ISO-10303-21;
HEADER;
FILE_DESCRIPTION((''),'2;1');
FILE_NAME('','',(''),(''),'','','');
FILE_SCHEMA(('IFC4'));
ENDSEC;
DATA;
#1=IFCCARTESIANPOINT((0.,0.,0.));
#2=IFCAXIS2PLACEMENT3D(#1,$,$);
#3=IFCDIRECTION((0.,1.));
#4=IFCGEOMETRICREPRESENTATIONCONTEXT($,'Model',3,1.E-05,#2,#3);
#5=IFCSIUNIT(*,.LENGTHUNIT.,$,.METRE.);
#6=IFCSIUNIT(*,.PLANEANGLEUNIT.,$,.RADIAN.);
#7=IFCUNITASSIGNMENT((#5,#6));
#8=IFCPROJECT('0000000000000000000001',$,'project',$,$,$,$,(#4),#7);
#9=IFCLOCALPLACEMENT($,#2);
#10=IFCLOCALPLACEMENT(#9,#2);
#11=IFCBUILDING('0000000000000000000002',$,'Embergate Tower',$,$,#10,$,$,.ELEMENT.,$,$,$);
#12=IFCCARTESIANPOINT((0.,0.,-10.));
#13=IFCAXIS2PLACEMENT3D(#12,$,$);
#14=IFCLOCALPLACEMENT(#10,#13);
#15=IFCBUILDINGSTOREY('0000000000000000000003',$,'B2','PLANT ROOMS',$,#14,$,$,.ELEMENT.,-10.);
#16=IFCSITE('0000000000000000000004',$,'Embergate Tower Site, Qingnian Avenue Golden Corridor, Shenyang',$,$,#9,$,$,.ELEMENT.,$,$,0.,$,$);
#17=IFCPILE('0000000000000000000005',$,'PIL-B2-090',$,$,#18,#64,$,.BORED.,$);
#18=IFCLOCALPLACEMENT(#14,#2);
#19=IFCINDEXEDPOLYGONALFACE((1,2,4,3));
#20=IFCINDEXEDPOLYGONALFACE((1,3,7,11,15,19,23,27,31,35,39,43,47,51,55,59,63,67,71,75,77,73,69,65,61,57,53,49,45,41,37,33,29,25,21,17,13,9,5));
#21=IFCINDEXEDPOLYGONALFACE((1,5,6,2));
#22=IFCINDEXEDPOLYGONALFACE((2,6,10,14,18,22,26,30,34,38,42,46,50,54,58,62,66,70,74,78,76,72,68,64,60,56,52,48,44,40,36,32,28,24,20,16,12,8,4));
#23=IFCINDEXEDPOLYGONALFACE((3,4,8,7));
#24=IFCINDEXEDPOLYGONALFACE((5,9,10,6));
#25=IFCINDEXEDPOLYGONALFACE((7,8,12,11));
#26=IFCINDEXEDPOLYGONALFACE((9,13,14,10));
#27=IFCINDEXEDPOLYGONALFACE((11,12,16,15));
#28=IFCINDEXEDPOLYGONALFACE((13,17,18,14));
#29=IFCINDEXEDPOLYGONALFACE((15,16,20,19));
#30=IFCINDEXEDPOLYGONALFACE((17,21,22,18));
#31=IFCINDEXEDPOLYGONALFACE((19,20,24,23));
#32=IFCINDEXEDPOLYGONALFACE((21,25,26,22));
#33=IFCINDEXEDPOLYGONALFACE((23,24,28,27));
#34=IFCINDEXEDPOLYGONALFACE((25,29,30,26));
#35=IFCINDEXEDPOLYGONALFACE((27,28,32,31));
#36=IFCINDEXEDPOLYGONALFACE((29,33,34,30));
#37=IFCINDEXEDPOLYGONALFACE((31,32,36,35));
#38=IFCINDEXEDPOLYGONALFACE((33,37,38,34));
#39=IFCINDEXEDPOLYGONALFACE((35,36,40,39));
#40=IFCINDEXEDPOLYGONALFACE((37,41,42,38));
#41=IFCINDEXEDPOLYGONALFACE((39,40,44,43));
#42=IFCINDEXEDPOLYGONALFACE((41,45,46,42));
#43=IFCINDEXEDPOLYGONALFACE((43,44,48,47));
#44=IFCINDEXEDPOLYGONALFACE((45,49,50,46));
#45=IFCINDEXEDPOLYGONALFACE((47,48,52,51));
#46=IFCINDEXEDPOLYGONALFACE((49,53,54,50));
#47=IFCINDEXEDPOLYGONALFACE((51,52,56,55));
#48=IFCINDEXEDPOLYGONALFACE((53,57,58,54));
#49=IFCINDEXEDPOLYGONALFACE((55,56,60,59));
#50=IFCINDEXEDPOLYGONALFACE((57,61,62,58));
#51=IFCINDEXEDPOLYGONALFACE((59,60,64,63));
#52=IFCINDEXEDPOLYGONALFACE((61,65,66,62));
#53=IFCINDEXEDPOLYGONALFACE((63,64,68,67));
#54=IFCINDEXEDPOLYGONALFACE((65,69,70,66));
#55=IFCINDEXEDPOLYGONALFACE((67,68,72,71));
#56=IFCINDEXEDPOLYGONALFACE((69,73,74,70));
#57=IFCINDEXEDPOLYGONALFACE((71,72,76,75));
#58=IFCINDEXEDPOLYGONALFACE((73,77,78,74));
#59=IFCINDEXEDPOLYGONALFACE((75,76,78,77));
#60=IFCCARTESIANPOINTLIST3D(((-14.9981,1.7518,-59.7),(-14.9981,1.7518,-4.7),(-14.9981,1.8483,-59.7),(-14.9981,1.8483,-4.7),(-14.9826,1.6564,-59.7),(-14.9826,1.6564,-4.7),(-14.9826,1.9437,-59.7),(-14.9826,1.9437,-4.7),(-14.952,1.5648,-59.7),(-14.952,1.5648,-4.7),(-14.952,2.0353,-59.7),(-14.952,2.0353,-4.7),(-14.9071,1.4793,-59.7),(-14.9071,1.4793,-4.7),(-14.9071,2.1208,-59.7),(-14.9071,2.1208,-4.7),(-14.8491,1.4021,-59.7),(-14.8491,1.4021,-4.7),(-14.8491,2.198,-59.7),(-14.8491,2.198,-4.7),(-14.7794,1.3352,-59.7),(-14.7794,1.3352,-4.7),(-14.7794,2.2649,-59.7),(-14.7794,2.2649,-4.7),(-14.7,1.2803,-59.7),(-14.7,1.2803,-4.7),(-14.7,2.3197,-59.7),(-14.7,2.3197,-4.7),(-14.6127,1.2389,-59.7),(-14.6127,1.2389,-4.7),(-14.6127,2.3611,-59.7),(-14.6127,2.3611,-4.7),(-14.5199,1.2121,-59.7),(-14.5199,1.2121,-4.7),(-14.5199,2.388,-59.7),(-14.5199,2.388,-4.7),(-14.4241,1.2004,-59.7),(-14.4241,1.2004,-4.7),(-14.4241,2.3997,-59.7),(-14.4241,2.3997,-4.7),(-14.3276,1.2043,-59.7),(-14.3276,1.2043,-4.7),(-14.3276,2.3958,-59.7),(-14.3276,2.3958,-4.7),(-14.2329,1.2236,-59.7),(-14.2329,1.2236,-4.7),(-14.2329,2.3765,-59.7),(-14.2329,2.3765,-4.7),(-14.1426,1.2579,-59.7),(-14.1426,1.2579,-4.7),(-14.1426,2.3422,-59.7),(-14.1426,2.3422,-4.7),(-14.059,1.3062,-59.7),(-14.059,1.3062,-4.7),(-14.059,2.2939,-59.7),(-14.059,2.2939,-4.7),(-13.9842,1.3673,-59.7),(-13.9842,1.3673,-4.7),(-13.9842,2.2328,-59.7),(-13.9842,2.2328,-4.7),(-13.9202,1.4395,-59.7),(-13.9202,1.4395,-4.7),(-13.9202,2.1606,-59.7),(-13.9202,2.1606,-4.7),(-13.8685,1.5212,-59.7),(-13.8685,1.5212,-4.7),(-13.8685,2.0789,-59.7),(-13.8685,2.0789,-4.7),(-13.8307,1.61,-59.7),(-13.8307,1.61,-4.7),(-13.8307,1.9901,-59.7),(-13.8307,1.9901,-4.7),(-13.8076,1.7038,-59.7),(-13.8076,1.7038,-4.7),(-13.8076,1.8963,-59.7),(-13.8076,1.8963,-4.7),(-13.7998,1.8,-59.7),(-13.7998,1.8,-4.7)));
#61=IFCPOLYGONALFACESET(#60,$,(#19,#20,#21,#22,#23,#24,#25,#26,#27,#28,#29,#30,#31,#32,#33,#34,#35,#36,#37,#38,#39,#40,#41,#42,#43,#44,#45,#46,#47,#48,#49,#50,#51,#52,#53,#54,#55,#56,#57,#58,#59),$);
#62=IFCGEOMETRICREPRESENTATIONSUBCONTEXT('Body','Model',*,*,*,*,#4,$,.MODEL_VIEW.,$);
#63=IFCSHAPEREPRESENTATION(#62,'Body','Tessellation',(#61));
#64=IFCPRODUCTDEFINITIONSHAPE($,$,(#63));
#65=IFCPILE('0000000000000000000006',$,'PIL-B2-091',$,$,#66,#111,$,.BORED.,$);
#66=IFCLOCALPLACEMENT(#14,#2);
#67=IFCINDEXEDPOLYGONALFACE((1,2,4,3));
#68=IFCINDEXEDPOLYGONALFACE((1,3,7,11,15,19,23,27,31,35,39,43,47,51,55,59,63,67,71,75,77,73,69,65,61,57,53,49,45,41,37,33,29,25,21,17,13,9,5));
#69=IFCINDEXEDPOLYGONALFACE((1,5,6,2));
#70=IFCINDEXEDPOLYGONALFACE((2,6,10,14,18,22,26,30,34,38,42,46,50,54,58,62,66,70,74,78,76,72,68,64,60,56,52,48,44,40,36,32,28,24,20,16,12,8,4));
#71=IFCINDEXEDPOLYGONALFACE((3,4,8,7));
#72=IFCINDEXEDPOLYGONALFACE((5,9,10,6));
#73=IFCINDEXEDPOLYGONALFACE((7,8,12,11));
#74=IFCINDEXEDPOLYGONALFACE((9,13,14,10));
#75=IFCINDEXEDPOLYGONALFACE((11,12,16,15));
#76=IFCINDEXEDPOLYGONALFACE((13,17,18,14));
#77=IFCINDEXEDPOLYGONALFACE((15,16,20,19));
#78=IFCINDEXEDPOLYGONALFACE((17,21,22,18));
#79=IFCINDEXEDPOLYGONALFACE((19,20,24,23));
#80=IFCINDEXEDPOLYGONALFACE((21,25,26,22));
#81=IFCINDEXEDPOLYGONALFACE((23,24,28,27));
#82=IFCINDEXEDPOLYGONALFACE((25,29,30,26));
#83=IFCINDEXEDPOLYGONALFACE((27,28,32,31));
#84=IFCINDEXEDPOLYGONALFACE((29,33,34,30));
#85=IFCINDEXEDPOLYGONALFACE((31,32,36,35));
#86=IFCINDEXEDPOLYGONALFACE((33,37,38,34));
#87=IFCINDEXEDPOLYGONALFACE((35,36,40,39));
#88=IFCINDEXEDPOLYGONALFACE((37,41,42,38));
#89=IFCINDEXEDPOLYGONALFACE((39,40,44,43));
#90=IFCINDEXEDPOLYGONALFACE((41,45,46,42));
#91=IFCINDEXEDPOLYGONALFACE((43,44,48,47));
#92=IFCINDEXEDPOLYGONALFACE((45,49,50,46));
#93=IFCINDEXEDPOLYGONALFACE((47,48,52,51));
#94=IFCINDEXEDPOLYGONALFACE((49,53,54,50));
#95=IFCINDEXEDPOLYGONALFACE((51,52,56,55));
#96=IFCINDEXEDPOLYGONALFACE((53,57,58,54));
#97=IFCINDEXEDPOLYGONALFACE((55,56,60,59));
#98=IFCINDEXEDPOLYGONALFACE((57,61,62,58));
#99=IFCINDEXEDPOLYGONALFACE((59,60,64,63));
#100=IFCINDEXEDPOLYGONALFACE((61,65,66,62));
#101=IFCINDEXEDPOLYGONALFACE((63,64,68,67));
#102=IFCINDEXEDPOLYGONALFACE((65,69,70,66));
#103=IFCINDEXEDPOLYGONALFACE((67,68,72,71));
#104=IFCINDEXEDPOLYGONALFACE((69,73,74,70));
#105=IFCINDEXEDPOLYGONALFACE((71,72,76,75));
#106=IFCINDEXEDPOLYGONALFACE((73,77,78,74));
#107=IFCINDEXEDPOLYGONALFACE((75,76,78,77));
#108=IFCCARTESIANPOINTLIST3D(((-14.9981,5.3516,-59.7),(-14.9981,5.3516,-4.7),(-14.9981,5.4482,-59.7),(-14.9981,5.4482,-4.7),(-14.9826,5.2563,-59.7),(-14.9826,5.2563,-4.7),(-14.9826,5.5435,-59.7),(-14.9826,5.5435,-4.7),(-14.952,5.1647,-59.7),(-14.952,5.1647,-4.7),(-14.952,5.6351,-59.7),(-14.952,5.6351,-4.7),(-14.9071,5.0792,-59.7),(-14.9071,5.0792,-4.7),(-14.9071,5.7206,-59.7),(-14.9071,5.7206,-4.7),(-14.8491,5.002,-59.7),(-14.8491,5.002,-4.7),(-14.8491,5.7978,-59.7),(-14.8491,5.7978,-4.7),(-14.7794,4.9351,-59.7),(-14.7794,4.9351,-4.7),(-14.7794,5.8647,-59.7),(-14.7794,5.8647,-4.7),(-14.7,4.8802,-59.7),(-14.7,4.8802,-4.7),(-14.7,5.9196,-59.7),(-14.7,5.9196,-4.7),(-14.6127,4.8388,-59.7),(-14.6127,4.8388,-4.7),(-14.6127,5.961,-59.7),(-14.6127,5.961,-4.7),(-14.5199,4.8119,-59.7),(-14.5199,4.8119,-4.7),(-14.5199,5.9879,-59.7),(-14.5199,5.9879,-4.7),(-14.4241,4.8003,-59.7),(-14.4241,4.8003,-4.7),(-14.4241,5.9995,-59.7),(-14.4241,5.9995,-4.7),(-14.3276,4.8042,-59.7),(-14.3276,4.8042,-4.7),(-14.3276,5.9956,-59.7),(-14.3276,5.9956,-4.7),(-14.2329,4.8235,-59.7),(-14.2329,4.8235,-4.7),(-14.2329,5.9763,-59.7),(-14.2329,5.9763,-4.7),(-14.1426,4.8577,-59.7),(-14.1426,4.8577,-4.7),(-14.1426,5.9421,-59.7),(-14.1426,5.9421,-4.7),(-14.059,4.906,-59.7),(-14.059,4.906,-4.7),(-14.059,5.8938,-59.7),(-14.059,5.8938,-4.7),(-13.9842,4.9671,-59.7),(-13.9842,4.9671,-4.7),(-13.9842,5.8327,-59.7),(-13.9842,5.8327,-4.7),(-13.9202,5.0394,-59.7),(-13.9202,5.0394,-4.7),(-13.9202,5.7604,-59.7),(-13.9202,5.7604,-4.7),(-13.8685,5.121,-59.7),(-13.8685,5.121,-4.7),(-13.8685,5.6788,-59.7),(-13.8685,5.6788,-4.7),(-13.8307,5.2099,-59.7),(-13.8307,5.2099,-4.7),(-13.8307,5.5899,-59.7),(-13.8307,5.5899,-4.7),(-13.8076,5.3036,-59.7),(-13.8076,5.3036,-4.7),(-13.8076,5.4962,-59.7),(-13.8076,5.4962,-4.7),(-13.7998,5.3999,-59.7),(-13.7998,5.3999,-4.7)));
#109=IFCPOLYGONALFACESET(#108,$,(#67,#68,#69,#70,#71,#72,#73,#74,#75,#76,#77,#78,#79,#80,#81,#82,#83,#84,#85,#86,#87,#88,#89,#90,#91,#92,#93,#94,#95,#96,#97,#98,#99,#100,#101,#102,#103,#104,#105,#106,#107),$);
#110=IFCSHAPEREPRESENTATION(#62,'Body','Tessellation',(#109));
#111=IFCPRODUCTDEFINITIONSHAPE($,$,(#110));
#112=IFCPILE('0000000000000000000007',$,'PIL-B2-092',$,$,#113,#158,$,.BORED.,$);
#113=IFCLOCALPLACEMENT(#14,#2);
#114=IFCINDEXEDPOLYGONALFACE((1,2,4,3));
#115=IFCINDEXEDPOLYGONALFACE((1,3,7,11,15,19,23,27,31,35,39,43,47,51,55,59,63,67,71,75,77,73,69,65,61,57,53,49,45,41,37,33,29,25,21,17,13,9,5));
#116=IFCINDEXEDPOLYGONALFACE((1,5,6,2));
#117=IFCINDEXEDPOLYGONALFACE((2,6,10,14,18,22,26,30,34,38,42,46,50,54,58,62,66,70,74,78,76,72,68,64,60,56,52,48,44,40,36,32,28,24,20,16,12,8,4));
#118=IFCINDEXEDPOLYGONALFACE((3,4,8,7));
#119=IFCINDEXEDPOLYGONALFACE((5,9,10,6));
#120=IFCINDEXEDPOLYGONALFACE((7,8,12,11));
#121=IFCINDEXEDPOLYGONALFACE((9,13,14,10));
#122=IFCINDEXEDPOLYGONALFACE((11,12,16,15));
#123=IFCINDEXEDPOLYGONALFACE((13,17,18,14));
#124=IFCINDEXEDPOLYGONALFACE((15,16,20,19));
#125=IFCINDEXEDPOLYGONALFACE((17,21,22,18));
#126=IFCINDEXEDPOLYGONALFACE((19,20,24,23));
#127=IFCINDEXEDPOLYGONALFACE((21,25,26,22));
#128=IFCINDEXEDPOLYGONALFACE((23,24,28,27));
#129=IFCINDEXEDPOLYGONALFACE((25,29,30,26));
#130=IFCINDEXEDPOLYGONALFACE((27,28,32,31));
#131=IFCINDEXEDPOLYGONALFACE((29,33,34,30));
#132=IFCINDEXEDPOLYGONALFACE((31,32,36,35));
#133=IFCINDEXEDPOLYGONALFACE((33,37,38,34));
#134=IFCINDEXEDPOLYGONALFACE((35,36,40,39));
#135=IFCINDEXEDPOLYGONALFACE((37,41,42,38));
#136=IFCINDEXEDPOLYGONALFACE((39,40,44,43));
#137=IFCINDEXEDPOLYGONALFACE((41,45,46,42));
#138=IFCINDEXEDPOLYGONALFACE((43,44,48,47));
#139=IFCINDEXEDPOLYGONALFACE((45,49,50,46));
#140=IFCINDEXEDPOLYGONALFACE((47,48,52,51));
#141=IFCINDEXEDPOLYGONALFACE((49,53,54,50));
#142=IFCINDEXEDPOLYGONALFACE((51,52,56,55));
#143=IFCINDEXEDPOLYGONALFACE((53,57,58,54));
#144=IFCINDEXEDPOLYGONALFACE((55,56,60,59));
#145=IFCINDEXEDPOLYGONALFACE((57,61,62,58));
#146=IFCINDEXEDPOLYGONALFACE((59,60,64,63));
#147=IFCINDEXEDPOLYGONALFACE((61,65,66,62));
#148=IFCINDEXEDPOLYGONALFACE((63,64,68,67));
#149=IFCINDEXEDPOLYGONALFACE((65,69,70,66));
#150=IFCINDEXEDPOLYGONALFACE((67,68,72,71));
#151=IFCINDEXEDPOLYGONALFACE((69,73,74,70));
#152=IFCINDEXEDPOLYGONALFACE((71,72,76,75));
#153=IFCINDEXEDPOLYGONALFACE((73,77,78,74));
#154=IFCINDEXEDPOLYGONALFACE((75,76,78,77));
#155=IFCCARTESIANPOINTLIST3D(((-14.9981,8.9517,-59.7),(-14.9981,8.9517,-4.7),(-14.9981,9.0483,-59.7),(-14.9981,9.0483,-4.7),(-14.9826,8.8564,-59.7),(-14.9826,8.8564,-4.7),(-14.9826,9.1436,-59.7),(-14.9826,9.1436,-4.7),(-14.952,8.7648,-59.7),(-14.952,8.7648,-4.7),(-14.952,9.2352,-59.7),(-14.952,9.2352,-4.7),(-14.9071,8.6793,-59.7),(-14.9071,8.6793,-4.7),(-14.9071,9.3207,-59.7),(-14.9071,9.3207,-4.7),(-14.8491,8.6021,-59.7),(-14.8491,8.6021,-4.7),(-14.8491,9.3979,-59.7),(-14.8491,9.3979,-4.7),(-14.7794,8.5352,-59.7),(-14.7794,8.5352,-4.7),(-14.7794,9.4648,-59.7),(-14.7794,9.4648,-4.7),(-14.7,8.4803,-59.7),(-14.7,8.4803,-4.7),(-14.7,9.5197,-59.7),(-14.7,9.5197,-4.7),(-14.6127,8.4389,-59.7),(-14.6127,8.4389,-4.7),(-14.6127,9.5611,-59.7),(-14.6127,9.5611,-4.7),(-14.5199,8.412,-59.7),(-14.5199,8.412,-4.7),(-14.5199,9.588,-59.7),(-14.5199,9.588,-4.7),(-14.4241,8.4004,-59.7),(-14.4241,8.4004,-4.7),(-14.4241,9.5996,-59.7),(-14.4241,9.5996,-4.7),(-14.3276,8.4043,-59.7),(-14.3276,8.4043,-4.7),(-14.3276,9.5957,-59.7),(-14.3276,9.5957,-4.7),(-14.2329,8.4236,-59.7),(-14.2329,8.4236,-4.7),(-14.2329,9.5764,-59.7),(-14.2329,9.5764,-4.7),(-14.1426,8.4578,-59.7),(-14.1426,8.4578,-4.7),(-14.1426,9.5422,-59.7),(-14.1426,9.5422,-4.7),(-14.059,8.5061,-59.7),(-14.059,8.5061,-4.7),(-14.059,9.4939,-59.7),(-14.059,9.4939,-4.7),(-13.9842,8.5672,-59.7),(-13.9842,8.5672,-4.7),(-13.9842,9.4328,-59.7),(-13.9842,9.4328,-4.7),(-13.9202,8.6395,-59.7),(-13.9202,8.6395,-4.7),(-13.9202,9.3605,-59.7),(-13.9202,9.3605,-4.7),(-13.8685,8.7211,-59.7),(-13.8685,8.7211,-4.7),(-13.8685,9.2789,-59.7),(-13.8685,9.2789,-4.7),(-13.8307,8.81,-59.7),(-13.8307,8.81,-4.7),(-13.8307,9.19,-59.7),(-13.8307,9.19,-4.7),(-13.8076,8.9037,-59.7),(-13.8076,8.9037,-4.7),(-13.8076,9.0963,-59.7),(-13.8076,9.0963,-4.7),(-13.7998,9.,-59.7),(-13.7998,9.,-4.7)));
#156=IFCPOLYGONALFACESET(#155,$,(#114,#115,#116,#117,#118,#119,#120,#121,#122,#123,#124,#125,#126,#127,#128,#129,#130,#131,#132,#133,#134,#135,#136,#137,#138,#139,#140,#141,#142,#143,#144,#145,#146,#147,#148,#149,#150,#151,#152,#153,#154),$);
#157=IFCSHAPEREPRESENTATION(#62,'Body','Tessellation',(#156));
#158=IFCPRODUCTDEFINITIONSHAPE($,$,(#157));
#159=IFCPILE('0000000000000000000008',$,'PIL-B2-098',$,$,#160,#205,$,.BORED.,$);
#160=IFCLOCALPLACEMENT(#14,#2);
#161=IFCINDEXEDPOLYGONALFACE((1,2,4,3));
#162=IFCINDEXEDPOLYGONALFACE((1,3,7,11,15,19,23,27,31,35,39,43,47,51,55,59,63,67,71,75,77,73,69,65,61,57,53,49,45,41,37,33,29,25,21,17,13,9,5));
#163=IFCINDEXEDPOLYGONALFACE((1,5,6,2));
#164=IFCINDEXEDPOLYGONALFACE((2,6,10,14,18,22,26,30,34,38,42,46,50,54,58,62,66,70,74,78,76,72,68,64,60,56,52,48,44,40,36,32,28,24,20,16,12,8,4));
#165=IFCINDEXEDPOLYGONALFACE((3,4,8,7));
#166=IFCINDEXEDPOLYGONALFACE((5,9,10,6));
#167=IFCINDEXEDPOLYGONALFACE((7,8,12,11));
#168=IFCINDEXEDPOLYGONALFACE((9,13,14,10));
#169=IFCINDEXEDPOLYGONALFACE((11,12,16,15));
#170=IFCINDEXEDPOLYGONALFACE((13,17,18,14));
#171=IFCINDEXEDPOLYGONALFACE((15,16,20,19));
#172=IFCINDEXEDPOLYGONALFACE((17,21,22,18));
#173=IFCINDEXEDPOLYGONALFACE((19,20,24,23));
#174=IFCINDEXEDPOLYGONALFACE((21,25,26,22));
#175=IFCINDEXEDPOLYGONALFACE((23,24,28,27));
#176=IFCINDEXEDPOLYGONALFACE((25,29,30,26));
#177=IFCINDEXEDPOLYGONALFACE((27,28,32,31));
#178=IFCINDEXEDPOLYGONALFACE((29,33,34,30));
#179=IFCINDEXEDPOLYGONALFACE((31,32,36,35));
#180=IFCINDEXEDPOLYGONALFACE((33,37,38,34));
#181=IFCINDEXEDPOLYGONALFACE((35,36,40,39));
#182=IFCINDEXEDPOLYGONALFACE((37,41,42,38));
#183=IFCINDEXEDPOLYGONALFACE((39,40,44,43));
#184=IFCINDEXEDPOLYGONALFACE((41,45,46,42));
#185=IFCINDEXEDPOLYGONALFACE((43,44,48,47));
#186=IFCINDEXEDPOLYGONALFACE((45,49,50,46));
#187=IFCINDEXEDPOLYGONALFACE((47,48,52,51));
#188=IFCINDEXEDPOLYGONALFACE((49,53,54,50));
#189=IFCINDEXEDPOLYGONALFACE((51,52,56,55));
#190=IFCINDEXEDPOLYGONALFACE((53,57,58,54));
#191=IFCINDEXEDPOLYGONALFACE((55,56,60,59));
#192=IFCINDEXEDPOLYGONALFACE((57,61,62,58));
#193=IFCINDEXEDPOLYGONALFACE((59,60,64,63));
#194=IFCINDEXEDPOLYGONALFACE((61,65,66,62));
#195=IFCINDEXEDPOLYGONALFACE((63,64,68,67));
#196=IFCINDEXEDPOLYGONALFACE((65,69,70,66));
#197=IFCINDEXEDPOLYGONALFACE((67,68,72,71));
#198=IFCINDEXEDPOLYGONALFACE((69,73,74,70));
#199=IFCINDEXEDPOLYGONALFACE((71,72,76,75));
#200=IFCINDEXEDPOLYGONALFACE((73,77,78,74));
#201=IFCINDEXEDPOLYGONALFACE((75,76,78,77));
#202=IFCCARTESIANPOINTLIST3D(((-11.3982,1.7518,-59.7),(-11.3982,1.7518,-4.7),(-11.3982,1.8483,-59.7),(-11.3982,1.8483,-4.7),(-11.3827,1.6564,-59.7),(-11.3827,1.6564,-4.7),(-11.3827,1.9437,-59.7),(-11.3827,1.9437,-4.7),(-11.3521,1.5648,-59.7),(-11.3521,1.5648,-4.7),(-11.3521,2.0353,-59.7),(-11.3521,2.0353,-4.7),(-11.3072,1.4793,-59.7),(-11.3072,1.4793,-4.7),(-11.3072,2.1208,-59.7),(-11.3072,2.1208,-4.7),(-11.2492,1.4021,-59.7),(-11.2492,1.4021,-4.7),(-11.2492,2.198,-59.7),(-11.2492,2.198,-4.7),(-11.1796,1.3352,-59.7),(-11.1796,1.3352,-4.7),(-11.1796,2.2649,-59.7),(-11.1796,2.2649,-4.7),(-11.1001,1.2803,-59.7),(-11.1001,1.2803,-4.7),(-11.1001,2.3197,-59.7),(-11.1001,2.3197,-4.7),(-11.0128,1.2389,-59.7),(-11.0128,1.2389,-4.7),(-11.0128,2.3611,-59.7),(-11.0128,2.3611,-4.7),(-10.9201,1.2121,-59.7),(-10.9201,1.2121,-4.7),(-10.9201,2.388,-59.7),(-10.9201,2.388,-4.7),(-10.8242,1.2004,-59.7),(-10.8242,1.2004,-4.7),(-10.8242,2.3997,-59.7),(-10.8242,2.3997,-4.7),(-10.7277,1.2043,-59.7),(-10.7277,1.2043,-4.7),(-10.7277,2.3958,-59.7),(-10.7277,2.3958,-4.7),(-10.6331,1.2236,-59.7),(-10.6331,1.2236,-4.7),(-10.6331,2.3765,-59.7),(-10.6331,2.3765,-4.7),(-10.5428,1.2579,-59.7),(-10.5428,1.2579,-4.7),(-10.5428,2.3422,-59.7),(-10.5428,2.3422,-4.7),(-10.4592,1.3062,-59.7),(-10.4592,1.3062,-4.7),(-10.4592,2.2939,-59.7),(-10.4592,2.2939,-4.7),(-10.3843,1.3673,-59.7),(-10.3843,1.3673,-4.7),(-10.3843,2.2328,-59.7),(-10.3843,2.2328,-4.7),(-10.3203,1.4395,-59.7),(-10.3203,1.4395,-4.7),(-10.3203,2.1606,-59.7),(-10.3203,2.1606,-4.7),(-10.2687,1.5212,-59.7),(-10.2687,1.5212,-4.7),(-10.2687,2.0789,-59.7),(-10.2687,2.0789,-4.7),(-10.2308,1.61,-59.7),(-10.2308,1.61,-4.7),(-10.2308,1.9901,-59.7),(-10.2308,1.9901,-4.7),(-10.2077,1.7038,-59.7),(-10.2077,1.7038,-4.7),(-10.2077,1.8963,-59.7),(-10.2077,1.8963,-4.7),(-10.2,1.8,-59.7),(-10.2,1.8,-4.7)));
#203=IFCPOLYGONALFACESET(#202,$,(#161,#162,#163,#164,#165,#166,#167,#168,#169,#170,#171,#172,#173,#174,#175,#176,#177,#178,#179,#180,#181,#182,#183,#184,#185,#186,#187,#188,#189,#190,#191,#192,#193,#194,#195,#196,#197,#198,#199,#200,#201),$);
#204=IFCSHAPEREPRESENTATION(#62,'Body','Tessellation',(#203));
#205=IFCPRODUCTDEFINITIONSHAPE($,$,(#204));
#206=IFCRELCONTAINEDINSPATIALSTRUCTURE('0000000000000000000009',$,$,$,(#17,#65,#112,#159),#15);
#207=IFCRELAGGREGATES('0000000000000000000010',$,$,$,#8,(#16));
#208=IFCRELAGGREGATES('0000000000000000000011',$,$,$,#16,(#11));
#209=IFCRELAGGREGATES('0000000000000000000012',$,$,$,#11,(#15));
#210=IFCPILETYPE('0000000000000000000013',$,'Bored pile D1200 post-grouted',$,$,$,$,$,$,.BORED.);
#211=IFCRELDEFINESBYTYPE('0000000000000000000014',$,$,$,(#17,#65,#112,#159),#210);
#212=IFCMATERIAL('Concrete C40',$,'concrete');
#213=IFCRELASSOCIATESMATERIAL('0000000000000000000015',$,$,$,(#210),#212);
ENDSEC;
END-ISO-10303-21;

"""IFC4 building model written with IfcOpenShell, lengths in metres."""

from ifc_helpers import new_model, si_unit, direction, frame, origin, origin_2d, place, context, subcontext, project, spatial, circle, extrude, source, transform, mapped, material, material_profile, profile_set, type_object, element, save


model = new_model("IFC4")

# Units and contexts
model_context = context("Model", 3, precision=1e-05, world=origin(), true_north=direction((0.0, 1.0)))
body_context = subcontext(model_context, "Body", "Model", "MODEL_VIEW")
ifc_project = project(units=[si_unit("LENGTHUNIT", "METRE"), si_unit("PLANEANGLEUNIT", "RADIAN")], contexts=[model_context])

# Site, building, storey
site_placement = place(None, origin())
site = spatial("IfcSite", under=ifc_project, at=site_placement, Name="Embergate Tower Site, Qingnian Avenue Golden Corridor, Shenyang", CompositionType="ELEMENT", RefElevation=0.0)
building_placement = place(site_placement, origin())
building = spatial("IfcBuilding", under=site, at=building_placement, Name="Embergate Tower", CompositionType="ELEMENT")
storey_placement = place(building_placement, frame((0.0, 0.0, -10.0)))
storey = spatial("IfcBuildingStorey", under=building, at=storey_placement, Name="B2", Description="PLANT ROOMS", CompositionType="ELEMENT", Elevation=-10.0)

# Piles
ifc_material_1 = material(Name="Concrete C40", Category="concrete")
ifc_material_profile = material_profile(ifc_material_1, circle(Radius=0.6001, at=origin_2d()), Name="D1200")
ifc_profile_set = profile_set([ifc_material_profile], Name="Concrete C40")
pile_type = type_object("IfcPileType", Name="Bored pile D1200 post-grouted", PredefinedType="BORED", material=ifc_profile_set)
shared_shape_1 = source(origin(), body_context, "Body", "SweptSolid", [
    extrude(circle(Radius=0.6001, at=origin_2d()), origin(), (0.0, 0.0, 1.0), 55.0),
])
for number, where, z_axis, x_axis, name in (
    (1, (-14.3999, 1.8, -4.7), (0.0, 0.0, -1.0), (1.0, 0.0, 0.0), "PIL-B2-090"),
    (2, (-14.3999, 5.3999, -4.7), (0.0, 0.0, -1.0), (1.0, 0.0, 0.0), "PIL-B2-091"),
    (3, (-14.3999, 9.0, -4.7), (0.0, 0.0, -1.0), (1.0, 0.0, 0.0), "PIL-B2-092"),
    (4, (-10.8, 1.8, -4.7), (0.0, 0.0, -1.0), (1.0, 0.0, 0.0), "PIL-B2-098"),
):
    element("IfcPile", number, at=place(storey_placement, frame(where, z_axis=z_axis, x_axis=x_axis)), inside=storey, type_object=pile_type, Name=name, PredefinedType="BORED", context=body_context, shape_type="MappedRepresentation", body=[
        mapped(shared_shape_1, transform((0.0, 0.0, 0.0))),
    ])

save(model, "model.ifc")
